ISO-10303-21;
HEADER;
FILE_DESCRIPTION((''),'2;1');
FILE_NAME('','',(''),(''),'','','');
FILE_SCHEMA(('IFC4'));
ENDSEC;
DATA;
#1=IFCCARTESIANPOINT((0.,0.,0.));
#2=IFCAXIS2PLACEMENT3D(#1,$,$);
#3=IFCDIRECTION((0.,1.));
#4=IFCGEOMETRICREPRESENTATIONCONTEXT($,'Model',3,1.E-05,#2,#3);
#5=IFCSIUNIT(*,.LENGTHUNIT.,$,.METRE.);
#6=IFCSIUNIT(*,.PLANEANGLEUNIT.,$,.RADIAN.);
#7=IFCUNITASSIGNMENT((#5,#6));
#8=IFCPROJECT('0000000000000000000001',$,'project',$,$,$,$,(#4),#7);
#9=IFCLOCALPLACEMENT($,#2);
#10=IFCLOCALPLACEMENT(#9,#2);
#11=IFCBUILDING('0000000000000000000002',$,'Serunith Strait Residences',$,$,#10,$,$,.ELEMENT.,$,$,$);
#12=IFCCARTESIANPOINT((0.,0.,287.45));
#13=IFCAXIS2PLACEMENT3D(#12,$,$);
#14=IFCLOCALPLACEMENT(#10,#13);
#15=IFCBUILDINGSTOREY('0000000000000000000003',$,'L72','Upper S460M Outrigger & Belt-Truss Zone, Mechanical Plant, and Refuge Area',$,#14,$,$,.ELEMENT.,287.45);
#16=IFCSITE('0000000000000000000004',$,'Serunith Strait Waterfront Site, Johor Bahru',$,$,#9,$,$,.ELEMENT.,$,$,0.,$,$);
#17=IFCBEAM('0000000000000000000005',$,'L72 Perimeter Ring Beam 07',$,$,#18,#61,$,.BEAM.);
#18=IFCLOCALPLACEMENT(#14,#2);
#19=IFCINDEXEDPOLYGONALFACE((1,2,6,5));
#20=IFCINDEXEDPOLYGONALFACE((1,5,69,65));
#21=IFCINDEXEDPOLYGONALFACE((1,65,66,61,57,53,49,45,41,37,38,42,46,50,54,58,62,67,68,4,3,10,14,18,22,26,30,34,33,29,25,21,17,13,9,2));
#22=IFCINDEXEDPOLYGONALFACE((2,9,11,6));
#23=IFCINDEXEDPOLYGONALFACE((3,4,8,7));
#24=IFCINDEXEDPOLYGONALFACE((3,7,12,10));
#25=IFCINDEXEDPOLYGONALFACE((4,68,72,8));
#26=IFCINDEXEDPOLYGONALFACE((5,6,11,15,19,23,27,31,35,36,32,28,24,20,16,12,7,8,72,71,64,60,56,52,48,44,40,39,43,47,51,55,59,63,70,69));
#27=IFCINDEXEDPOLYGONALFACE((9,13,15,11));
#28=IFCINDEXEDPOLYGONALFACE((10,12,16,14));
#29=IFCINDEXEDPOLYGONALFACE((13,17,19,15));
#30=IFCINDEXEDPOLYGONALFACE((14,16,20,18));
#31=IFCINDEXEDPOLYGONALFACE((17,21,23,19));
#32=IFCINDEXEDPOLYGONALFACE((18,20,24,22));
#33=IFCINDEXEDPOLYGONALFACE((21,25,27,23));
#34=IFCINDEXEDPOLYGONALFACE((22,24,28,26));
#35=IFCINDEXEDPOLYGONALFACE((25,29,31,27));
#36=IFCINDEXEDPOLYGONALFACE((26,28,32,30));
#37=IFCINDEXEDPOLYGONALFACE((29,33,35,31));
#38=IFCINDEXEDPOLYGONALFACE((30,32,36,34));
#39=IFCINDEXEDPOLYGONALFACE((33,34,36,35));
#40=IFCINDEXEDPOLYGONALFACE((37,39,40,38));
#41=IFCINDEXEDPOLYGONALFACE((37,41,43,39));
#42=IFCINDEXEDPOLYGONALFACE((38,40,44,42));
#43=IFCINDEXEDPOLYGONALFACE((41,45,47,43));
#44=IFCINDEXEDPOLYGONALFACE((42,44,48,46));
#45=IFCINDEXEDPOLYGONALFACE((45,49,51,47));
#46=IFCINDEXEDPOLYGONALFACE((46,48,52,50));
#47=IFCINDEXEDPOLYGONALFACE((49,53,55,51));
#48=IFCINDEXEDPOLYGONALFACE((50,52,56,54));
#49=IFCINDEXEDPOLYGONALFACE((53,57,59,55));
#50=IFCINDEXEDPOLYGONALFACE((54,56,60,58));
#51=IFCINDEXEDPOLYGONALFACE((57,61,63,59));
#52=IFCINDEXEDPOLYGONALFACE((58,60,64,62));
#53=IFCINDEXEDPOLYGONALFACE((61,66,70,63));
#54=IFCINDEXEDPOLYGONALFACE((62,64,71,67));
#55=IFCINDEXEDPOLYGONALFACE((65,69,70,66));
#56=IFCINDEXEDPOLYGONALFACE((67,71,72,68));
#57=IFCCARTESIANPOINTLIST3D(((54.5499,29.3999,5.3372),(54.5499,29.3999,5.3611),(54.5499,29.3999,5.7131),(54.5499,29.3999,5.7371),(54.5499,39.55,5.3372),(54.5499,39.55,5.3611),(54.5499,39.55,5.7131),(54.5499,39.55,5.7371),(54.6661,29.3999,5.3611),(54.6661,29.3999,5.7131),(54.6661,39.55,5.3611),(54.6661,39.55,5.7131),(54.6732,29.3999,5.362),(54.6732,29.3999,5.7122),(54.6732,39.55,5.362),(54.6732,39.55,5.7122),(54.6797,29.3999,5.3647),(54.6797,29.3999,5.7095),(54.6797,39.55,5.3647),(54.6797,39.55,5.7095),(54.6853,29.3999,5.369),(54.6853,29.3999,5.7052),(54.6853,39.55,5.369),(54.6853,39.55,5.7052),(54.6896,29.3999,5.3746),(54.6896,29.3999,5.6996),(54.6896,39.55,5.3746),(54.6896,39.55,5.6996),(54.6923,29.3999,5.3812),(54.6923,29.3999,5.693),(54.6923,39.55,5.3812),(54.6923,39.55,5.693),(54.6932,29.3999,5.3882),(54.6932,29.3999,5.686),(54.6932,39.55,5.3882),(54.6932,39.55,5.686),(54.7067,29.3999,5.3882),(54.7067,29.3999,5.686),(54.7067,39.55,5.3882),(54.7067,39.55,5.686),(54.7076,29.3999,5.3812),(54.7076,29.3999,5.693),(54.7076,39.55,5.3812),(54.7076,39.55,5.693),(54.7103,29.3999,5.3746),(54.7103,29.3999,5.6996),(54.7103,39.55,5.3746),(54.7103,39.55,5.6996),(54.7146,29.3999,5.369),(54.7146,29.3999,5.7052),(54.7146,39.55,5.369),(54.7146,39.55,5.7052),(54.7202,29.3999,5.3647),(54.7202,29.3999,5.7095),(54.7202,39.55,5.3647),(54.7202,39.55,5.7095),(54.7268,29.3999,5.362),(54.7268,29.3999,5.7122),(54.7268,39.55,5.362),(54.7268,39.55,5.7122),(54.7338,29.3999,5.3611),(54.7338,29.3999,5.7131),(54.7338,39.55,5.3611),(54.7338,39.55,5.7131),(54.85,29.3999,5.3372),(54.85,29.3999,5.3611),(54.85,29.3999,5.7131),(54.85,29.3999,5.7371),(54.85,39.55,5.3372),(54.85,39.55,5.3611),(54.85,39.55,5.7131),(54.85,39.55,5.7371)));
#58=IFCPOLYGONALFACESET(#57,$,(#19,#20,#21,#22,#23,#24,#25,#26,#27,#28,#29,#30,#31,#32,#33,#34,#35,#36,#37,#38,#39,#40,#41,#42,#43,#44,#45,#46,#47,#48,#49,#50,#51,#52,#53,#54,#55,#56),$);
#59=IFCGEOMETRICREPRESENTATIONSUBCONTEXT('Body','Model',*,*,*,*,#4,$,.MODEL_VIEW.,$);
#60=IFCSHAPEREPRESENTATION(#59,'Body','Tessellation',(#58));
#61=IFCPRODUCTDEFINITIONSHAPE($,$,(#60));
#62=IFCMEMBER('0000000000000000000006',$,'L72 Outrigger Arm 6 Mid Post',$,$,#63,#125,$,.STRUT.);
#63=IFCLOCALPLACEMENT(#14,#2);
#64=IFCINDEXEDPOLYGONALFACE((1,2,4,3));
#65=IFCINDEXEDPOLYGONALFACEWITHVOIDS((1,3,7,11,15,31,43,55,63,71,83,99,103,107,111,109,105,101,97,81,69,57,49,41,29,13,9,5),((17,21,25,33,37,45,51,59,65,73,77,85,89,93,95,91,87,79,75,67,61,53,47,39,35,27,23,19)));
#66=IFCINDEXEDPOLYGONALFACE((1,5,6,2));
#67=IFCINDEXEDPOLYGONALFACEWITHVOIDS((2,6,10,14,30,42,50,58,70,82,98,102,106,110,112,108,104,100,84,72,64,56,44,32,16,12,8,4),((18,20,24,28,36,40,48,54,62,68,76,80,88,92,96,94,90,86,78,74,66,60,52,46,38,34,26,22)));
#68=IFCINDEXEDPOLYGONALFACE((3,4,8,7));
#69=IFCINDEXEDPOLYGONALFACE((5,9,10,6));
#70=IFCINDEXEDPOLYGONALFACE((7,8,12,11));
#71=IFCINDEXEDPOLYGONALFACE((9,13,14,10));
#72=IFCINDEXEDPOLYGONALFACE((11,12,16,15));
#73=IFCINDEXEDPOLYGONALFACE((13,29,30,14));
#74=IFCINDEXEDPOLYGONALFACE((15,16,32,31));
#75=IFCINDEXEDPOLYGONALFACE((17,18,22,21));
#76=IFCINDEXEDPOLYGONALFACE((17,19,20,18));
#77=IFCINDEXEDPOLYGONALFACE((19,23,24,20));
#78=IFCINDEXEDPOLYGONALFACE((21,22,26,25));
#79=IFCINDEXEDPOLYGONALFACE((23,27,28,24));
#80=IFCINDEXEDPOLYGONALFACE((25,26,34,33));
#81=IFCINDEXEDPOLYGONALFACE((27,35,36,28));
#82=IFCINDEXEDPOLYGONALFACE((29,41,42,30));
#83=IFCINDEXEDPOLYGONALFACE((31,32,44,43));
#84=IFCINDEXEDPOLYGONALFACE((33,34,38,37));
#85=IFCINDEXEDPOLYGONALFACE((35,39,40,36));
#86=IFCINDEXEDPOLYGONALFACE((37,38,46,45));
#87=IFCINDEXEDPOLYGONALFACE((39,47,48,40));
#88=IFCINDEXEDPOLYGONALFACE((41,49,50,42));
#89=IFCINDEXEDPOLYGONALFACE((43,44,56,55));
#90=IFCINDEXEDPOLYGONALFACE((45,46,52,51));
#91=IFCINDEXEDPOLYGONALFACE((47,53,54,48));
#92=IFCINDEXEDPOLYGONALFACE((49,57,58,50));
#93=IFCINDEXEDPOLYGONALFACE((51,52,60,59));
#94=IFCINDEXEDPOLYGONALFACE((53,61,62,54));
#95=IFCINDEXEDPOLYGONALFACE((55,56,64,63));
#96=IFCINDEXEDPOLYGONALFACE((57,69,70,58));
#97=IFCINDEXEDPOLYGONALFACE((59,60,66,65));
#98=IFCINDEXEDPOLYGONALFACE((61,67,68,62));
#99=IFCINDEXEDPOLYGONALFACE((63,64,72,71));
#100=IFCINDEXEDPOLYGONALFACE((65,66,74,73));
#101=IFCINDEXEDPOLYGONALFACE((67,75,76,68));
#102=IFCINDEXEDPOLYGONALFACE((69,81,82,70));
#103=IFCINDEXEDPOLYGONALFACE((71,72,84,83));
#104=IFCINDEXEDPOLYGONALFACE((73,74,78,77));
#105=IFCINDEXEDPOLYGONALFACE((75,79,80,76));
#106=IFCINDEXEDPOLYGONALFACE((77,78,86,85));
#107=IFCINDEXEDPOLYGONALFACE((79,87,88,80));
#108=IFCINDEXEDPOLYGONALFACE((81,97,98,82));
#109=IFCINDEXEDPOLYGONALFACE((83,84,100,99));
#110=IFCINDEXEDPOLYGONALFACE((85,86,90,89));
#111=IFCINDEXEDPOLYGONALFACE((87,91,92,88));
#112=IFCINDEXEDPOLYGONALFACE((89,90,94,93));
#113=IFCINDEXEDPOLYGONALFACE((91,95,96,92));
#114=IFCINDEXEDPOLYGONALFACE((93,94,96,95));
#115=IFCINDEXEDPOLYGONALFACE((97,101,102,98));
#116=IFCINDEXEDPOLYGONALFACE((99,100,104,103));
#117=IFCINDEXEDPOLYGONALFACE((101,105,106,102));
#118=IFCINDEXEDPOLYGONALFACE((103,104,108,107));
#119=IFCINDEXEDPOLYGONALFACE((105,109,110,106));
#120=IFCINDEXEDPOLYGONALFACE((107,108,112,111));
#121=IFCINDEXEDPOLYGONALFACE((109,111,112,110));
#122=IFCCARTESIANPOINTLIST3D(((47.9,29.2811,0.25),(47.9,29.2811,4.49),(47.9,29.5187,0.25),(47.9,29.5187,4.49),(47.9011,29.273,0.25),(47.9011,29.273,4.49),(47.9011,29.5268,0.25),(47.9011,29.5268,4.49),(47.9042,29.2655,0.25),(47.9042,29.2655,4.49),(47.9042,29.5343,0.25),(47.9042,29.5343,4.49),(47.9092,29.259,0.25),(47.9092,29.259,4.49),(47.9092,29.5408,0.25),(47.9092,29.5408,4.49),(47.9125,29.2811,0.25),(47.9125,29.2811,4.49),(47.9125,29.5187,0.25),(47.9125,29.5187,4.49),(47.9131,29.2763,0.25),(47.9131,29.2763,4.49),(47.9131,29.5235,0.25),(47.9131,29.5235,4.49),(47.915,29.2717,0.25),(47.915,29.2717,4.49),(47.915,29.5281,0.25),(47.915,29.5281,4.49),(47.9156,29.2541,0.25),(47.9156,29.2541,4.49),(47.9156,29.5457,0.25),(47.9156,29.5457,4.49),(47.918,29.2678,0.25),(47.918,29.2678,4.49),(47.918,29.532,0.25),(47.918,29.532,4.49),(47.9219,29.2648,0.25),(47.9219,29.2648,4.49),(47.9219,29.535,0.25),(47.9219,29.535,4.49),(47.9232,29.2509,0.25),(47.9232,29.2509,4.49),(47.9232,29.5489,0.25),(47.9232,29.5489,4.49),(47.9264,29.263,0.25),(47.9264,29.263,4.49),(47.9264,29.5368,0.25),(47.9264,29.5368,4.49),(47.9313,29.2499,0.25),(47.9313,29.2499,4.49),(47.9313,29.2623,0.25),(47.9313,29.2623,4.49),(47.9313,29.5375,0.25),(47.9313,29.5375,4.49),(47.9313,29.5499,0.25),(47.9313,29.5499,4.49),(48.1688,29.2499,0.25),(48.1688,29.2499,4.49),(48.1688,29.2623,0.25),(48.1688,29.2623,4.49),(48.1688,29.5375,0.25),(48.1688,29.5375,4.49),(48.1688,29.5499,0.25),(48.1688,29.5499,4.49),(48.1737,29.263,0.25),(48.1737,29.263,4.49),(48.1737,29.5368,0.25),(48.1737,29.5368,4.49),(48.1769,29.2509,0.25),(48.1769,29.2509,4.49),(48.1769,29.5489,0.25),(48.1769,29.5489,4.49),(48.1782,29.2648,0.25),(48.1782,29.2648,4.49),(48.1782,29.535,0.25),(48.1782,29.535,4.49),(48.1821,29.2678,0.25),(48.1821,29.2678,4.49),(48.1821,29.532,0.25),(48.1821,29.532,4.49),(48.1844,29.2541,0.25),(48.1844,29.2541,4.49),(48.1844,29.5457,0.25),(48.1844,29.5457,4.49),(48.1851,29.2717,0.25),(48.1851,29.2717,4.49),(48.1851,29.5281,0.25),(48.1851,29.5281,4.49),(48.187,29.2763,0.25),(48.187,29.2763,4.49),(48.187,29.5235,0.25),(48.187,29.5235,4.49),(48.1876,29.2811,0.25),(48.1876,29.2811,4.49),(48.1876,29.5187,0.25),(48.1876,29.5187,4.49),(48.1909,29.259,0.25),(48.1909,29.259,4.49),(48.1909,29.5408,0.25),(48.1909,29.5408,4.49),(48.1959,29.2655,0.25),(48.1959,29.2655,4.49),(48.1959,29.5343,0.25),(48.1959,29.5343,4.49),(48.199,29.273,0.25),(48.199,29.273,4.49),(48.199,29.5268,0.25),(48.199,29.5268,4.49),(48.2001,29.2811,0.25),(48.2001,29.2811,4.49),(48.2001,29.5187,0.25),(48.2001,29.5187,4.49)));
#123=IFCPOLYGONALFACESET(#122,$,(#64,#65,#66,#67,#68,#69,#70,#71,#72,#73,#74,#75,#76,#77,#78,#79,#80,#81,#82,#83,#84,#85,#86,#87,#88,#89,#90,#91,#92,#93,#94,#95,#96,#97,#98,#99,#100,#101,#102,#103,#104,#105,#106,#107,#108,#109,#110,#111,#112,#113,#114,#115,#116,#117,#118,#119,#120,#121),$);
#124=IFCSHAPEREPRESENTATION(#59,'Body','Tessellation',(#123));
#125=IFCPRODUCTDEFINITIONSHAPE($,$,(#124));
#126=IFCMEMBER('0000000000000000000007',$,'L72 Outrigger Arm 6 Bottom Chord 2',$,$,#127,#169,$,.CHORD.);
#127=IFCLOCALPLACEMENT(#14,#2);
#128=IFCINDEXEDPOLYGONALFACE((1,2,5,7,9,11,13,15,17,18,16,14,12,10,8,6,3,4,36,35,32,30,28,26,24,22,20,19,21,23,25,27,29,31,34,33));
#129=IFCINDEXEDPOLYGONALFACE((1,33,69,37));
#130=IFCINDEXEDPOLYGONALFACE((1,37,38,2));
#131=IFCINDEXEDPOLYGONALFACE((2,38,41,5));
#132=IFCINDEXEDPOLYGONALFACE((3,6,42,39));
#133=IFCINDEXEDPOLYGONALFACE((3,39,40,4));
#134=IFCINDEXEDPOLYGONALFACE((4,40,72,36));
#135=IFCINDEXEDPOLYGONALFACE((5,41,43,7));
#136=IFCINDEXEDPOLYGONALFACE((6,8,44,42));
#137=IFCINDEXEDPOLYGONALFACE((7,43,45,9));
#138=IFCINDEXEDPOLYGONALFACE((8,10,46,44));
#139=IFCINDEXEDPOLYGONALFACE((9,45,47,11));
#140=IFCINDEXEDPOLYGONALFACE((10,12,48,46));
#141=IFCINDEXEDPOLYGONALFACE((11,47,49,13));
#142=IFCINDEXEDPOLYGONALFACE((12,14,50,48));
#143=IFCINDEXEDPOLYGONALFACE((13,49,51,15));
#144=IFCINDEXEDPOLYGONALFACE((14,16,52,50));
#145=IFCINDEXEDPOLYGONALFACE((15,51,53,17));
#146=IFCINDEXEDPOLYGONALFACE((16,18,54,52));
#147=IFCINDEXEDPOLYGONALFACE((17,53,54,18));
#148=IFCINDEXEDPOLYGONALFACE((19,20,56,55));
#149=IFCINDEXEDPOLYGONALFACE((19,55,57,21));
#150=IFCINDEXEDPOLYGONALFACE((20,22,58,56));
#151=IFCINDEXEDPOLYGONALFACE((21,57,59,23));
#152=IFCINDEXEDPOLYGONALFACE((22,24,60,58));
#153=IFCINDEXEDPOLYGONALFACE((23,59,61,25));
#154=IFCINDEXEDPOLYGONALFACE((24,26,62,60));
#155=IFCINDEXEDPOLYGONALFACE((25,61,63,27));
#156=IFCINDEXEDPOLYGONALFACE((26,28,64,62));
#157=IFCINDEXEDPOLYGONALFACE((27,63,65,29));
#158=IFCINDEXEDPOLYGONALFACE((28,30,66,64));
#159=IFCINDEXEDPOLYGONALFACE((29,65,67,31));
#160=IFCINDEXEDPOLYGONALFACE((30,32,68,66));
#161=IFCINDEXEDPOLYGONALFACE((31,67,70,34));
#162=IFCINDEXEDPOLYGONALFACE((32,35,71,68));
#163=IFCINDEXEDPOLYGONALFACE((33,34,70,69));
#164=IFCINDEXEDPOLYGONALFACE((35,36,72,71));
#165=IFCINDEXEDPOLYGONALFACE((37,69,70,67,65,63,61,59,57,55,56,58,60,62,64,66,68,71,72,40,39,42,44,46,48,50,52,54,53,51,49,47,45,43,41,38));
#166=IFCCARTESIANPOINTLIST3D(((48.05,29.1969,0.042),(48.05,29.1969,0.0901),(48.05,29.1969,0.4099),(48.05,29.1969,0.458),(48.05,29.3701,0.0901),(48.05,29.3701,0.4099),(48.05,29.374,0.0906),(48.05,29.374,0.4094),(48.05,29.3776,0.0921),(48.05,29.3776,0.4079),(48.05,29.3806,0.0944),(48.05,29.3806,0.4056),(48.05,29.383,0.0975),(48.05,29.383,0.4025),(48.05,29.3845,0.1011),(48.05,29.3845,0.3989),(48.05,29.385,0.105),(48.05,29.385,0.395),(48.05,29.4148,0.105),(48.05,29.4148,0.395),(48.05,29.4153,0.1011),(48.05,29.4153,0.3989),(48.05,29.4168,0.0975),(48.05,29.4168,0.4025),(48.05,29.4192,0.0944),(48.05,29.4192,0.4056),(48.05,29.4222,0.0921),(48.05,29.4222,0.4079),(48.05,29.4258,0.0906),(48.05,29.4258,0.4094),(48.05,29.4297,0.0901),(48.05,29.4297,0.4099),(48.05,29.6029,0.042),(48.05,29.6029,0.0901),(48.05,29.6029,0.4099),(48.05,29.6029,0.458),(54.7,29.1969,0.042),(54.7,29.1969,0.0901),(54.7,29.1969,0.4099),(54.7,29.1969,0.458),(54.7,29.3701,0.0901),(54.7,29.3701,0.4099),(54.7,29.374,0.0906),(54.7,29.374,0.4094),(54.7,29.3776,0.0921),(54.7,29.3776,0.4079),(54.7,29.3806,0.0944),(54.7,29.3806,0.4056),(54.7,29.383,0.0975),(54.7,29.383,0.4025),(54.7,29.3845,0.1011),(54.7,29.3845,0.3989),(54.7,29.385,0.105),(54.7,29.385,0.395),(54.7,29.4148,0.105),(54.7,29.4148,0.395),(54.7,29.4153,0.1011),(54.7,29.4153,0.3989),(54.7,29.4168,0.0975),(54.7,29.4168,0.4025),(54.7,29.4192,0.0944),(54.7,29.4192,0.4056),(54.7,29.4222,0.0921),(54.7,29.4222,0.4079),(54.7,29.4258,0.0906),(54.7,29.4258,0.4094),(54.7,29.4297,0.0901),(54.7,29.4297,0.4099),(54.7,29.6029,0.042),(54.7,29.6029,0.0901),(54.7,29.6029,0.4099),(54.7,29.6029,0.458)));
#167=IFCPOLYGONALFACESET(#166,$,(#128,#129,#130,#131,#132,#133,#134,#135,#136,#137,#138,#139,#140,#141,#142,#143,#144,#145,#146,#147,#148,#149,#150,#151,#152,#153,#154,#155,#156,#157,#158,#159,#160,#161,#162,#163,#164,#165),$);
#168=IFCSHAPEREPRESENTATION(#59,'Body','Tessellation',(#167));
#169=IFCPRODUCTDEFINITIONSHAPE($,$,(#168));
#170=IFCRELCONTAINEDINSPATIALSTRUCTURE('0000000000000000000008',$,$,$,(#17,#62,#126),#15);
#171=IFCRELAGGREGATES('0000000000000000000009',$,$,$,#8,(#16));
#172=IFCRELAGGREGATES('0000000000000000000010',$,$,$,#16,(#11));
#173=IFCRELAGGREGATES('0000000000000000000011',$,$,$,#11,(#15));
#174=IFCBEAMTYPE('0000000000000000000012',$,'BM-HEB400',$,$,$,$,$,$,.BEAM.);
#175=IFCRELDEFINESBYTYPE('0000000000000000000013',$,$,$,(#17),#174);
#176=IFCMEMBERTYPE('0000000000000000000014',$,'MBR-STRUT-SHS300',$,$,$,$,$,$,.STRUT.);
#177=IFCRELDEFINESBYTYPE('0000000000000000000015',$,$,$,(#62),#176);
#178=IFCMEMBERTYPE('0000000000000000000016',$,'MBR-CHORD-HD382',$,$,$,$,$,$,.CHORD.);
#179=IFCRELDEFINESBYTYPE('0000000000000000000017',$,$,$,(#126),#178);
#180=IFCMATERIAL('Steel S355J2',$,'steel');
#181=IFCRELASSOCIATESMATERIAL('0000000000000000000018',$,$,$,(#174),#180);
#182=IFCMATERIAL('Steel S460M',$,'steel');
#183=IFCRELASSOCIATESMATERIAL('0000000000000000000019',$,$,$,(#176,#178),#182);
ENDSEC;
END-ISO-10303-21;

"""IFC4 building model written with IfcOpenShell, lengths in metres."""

from ifc_helpers import new_model, si_unit, direction, frame, origin, origin_2d, place, context, subcontext, project, spatial, hollow_rectangle, i_section, extrude, source, transform, mapped, material, material_profile, profile_set, type_object, element, save


model = new_model("IFC4")

# Units and contexts
model_context = context("Model", 3, precision=1e-05, world=origin(), true_north=direction((0.0, 1.0)))
body_context = subcontext(model_context, "Body", "Model", "MODEL_VIEW")
ifc_project = project(units=[si_unit("LENGTHUNIT", "METRE"), si_unit("PLANEANGLEUNIT", "RADIAN")], contexts=[model_context])

# Site, building, storey
site_placement = place(None, origin())
site = spatial("IfcSite", under=ifc_project, at=site_placement, Name="Serunith Strait Waterfront Site, Johor Bahru", CompositionType="ELEMENT", RefElevation=0.0)
building_placement = place(site_placement, origin())
building = spatial("IfcBuilding", under=site, at=building_placement, Name="Serunith Strait Residences", CompositionType="ELEMENT")
storey_placement = place(building_placement, frame((0.0, 0.0, 287.45)))
storey = spatial("IfcBuildingStorey", under=building, at=storey_placement, Name="L72", Description="Upper S460M Outrigger & Belt-Truss Zone, Mechanical Plant, and Refuge Area", CompositionType="ELEMENT", Elevation=287.45)

# Beam
ifc_material_1 = material(Name="Steel S355J2", Category="steel")
ifc_material_profile_1 = material_profile(ifc_material_1, i_section(OverallWidth=0.3, OverallDepth=0.3999, WebThickness=0.0134, FlangeThickness=0.0239, FilletRadius=0.0271, at=origin_2d()), Name="HEB 400")
ifc_profile_set_1 = profile_set([ifc_material_profile_1], Name="Steel S355J2")
beam_type_1 = type_object("IfcBeamType", Name="BM-HEB400", PredefinedType="BEAM", material=ifc_profile_set_1)
shared_shape_1 = source(origin(), body_context, "Body", "SweptSolid", [
    extrude(i_section(OverallWidth=0.3, OverallDepth=0.3999, WebThickness=0.0134, FlangeThickness=0.0239, FilletRadius=0.0271, at=origin_2d()), origin(), (0.0, 0.0, 1.0), 10.1501),
])
beam_1_placement = place(storey_placement, frame((54.7, 29.3999, 5.5371), z_axis=(0.0, 1.0, 0.0), x_axis=(-1.0, 0.0, 0.0)))
element("IfcBeam", 1, at=beam_1_placement, inside=storey, type_object=beam_type_1, Name="L72 Perimeter Ring Beam 07", PredefinedType="BEAM", context=body_context, shape_type="MappedRepresentation", body=[
    mapped(shared_shape_1, transform((0.0, 0.0, 0.0), scale=1.0)),
])

# Members
ifc_material_2 = material(Name="Steel S460M", Category="steel")
ifc_material_profile_2 = material_profile(ifc_material_2, hollow_rectangle(XDim=0.3, YDim=0.3, WallThickness=0.0125, InnerFilletRadius=0.0188, OuterFilletRadius=0.0312, at=origin_2d()), Name="SHS 300x300x12.5")
ifc_profile_set_2 = profile_set([ifc_material_profile_2], Name="Steel S460M")
member_type_1 = type_object("IfcMemberType", Name="MBR-STRUT-SHS300", PredefinedType="STRUT", material=ifc_profile_set_2)
shared_shape_2 = source(origin(), body_context, "Body", "SweptSolid", [
    extrude(hollow_rectangle(XDim=0.3, YDim=0.3, WallThickness=0.0125, InnerFilletRadius=0.0188, OuterFilletRadius=0.0312, at=origin_2d()), origin(), (0.0, 0.0, 1.0), 4.24),
])
member_1_placement = place(storey_placement, frame((48.05, 29.3999, 0.25), z_axis=(0.0, 0.0, 1.0), x_axis=(1.0, 0.0, 0.0)))
element("IfcMember", 2, at=member_1_placement, inside=storey, type_object=member_type_1, Name="L72 Outrigger Arm 6 Mid Post", PredefinedType="STRUT", context=body_context, shape_type="MappedRepresentation", body=[
    mapped(shared_shape_2, transform((0.0, 0.0, 0.0), scale=1.0)),
])
ifc_material_profile_3 = material_profile(ifc_material_2, i_section(OverallWidth=0.406, OverallDepth=0.416, WebThickness=0.0298, FlangeThickness=0.0481, FilletRadius=0.0149, at=origin_2d()), Name="HD 400x382")
ifc_profile_set_3 = profile_set([ifc_material_profile_3], Name="Steel S460M")
member_type_2 = type_object("IfcMemberType", Name="MBR-CHORD-HD382", PredefinedType="CHORD", material=ifc_profile_set_3)
shared_shape_3 = source(origin(), body_context, "Body", "SweptSolid", [
    extrude(i_section(OverallWidth=0.406, OverallDepth=0.416, WebThickness=0.0298, FlangeThickness=0.0481, FilletRadius=0.0149, at=origin_2d()), origin(), (0.0, 0.0, 1.0), 6.6499),
])
for number, where, z_axis, x_axis, name in (
    (3, (48.05, 29.3999, 0.25), (1.0, 0.0, 0.0), (0.0, 1.0, 0.0), "L72 Outrigger Arm 6 Bottom Chord 2"),
):
    element("IfcMember", number, at=place(storey_placement, frame(where, z_axis=z_axis, x_axis=x_axis)), inside=storey, type_object=member_type_2, Name=name, PredefinedType="CHORD", context=body_context, shape_type="MappedRepresentation", body=[
        mapped(shared_shape_3, transform((0.0, 0.0, 0.0), scale=1.0)),
    ])

save(model, "model.ifc")
